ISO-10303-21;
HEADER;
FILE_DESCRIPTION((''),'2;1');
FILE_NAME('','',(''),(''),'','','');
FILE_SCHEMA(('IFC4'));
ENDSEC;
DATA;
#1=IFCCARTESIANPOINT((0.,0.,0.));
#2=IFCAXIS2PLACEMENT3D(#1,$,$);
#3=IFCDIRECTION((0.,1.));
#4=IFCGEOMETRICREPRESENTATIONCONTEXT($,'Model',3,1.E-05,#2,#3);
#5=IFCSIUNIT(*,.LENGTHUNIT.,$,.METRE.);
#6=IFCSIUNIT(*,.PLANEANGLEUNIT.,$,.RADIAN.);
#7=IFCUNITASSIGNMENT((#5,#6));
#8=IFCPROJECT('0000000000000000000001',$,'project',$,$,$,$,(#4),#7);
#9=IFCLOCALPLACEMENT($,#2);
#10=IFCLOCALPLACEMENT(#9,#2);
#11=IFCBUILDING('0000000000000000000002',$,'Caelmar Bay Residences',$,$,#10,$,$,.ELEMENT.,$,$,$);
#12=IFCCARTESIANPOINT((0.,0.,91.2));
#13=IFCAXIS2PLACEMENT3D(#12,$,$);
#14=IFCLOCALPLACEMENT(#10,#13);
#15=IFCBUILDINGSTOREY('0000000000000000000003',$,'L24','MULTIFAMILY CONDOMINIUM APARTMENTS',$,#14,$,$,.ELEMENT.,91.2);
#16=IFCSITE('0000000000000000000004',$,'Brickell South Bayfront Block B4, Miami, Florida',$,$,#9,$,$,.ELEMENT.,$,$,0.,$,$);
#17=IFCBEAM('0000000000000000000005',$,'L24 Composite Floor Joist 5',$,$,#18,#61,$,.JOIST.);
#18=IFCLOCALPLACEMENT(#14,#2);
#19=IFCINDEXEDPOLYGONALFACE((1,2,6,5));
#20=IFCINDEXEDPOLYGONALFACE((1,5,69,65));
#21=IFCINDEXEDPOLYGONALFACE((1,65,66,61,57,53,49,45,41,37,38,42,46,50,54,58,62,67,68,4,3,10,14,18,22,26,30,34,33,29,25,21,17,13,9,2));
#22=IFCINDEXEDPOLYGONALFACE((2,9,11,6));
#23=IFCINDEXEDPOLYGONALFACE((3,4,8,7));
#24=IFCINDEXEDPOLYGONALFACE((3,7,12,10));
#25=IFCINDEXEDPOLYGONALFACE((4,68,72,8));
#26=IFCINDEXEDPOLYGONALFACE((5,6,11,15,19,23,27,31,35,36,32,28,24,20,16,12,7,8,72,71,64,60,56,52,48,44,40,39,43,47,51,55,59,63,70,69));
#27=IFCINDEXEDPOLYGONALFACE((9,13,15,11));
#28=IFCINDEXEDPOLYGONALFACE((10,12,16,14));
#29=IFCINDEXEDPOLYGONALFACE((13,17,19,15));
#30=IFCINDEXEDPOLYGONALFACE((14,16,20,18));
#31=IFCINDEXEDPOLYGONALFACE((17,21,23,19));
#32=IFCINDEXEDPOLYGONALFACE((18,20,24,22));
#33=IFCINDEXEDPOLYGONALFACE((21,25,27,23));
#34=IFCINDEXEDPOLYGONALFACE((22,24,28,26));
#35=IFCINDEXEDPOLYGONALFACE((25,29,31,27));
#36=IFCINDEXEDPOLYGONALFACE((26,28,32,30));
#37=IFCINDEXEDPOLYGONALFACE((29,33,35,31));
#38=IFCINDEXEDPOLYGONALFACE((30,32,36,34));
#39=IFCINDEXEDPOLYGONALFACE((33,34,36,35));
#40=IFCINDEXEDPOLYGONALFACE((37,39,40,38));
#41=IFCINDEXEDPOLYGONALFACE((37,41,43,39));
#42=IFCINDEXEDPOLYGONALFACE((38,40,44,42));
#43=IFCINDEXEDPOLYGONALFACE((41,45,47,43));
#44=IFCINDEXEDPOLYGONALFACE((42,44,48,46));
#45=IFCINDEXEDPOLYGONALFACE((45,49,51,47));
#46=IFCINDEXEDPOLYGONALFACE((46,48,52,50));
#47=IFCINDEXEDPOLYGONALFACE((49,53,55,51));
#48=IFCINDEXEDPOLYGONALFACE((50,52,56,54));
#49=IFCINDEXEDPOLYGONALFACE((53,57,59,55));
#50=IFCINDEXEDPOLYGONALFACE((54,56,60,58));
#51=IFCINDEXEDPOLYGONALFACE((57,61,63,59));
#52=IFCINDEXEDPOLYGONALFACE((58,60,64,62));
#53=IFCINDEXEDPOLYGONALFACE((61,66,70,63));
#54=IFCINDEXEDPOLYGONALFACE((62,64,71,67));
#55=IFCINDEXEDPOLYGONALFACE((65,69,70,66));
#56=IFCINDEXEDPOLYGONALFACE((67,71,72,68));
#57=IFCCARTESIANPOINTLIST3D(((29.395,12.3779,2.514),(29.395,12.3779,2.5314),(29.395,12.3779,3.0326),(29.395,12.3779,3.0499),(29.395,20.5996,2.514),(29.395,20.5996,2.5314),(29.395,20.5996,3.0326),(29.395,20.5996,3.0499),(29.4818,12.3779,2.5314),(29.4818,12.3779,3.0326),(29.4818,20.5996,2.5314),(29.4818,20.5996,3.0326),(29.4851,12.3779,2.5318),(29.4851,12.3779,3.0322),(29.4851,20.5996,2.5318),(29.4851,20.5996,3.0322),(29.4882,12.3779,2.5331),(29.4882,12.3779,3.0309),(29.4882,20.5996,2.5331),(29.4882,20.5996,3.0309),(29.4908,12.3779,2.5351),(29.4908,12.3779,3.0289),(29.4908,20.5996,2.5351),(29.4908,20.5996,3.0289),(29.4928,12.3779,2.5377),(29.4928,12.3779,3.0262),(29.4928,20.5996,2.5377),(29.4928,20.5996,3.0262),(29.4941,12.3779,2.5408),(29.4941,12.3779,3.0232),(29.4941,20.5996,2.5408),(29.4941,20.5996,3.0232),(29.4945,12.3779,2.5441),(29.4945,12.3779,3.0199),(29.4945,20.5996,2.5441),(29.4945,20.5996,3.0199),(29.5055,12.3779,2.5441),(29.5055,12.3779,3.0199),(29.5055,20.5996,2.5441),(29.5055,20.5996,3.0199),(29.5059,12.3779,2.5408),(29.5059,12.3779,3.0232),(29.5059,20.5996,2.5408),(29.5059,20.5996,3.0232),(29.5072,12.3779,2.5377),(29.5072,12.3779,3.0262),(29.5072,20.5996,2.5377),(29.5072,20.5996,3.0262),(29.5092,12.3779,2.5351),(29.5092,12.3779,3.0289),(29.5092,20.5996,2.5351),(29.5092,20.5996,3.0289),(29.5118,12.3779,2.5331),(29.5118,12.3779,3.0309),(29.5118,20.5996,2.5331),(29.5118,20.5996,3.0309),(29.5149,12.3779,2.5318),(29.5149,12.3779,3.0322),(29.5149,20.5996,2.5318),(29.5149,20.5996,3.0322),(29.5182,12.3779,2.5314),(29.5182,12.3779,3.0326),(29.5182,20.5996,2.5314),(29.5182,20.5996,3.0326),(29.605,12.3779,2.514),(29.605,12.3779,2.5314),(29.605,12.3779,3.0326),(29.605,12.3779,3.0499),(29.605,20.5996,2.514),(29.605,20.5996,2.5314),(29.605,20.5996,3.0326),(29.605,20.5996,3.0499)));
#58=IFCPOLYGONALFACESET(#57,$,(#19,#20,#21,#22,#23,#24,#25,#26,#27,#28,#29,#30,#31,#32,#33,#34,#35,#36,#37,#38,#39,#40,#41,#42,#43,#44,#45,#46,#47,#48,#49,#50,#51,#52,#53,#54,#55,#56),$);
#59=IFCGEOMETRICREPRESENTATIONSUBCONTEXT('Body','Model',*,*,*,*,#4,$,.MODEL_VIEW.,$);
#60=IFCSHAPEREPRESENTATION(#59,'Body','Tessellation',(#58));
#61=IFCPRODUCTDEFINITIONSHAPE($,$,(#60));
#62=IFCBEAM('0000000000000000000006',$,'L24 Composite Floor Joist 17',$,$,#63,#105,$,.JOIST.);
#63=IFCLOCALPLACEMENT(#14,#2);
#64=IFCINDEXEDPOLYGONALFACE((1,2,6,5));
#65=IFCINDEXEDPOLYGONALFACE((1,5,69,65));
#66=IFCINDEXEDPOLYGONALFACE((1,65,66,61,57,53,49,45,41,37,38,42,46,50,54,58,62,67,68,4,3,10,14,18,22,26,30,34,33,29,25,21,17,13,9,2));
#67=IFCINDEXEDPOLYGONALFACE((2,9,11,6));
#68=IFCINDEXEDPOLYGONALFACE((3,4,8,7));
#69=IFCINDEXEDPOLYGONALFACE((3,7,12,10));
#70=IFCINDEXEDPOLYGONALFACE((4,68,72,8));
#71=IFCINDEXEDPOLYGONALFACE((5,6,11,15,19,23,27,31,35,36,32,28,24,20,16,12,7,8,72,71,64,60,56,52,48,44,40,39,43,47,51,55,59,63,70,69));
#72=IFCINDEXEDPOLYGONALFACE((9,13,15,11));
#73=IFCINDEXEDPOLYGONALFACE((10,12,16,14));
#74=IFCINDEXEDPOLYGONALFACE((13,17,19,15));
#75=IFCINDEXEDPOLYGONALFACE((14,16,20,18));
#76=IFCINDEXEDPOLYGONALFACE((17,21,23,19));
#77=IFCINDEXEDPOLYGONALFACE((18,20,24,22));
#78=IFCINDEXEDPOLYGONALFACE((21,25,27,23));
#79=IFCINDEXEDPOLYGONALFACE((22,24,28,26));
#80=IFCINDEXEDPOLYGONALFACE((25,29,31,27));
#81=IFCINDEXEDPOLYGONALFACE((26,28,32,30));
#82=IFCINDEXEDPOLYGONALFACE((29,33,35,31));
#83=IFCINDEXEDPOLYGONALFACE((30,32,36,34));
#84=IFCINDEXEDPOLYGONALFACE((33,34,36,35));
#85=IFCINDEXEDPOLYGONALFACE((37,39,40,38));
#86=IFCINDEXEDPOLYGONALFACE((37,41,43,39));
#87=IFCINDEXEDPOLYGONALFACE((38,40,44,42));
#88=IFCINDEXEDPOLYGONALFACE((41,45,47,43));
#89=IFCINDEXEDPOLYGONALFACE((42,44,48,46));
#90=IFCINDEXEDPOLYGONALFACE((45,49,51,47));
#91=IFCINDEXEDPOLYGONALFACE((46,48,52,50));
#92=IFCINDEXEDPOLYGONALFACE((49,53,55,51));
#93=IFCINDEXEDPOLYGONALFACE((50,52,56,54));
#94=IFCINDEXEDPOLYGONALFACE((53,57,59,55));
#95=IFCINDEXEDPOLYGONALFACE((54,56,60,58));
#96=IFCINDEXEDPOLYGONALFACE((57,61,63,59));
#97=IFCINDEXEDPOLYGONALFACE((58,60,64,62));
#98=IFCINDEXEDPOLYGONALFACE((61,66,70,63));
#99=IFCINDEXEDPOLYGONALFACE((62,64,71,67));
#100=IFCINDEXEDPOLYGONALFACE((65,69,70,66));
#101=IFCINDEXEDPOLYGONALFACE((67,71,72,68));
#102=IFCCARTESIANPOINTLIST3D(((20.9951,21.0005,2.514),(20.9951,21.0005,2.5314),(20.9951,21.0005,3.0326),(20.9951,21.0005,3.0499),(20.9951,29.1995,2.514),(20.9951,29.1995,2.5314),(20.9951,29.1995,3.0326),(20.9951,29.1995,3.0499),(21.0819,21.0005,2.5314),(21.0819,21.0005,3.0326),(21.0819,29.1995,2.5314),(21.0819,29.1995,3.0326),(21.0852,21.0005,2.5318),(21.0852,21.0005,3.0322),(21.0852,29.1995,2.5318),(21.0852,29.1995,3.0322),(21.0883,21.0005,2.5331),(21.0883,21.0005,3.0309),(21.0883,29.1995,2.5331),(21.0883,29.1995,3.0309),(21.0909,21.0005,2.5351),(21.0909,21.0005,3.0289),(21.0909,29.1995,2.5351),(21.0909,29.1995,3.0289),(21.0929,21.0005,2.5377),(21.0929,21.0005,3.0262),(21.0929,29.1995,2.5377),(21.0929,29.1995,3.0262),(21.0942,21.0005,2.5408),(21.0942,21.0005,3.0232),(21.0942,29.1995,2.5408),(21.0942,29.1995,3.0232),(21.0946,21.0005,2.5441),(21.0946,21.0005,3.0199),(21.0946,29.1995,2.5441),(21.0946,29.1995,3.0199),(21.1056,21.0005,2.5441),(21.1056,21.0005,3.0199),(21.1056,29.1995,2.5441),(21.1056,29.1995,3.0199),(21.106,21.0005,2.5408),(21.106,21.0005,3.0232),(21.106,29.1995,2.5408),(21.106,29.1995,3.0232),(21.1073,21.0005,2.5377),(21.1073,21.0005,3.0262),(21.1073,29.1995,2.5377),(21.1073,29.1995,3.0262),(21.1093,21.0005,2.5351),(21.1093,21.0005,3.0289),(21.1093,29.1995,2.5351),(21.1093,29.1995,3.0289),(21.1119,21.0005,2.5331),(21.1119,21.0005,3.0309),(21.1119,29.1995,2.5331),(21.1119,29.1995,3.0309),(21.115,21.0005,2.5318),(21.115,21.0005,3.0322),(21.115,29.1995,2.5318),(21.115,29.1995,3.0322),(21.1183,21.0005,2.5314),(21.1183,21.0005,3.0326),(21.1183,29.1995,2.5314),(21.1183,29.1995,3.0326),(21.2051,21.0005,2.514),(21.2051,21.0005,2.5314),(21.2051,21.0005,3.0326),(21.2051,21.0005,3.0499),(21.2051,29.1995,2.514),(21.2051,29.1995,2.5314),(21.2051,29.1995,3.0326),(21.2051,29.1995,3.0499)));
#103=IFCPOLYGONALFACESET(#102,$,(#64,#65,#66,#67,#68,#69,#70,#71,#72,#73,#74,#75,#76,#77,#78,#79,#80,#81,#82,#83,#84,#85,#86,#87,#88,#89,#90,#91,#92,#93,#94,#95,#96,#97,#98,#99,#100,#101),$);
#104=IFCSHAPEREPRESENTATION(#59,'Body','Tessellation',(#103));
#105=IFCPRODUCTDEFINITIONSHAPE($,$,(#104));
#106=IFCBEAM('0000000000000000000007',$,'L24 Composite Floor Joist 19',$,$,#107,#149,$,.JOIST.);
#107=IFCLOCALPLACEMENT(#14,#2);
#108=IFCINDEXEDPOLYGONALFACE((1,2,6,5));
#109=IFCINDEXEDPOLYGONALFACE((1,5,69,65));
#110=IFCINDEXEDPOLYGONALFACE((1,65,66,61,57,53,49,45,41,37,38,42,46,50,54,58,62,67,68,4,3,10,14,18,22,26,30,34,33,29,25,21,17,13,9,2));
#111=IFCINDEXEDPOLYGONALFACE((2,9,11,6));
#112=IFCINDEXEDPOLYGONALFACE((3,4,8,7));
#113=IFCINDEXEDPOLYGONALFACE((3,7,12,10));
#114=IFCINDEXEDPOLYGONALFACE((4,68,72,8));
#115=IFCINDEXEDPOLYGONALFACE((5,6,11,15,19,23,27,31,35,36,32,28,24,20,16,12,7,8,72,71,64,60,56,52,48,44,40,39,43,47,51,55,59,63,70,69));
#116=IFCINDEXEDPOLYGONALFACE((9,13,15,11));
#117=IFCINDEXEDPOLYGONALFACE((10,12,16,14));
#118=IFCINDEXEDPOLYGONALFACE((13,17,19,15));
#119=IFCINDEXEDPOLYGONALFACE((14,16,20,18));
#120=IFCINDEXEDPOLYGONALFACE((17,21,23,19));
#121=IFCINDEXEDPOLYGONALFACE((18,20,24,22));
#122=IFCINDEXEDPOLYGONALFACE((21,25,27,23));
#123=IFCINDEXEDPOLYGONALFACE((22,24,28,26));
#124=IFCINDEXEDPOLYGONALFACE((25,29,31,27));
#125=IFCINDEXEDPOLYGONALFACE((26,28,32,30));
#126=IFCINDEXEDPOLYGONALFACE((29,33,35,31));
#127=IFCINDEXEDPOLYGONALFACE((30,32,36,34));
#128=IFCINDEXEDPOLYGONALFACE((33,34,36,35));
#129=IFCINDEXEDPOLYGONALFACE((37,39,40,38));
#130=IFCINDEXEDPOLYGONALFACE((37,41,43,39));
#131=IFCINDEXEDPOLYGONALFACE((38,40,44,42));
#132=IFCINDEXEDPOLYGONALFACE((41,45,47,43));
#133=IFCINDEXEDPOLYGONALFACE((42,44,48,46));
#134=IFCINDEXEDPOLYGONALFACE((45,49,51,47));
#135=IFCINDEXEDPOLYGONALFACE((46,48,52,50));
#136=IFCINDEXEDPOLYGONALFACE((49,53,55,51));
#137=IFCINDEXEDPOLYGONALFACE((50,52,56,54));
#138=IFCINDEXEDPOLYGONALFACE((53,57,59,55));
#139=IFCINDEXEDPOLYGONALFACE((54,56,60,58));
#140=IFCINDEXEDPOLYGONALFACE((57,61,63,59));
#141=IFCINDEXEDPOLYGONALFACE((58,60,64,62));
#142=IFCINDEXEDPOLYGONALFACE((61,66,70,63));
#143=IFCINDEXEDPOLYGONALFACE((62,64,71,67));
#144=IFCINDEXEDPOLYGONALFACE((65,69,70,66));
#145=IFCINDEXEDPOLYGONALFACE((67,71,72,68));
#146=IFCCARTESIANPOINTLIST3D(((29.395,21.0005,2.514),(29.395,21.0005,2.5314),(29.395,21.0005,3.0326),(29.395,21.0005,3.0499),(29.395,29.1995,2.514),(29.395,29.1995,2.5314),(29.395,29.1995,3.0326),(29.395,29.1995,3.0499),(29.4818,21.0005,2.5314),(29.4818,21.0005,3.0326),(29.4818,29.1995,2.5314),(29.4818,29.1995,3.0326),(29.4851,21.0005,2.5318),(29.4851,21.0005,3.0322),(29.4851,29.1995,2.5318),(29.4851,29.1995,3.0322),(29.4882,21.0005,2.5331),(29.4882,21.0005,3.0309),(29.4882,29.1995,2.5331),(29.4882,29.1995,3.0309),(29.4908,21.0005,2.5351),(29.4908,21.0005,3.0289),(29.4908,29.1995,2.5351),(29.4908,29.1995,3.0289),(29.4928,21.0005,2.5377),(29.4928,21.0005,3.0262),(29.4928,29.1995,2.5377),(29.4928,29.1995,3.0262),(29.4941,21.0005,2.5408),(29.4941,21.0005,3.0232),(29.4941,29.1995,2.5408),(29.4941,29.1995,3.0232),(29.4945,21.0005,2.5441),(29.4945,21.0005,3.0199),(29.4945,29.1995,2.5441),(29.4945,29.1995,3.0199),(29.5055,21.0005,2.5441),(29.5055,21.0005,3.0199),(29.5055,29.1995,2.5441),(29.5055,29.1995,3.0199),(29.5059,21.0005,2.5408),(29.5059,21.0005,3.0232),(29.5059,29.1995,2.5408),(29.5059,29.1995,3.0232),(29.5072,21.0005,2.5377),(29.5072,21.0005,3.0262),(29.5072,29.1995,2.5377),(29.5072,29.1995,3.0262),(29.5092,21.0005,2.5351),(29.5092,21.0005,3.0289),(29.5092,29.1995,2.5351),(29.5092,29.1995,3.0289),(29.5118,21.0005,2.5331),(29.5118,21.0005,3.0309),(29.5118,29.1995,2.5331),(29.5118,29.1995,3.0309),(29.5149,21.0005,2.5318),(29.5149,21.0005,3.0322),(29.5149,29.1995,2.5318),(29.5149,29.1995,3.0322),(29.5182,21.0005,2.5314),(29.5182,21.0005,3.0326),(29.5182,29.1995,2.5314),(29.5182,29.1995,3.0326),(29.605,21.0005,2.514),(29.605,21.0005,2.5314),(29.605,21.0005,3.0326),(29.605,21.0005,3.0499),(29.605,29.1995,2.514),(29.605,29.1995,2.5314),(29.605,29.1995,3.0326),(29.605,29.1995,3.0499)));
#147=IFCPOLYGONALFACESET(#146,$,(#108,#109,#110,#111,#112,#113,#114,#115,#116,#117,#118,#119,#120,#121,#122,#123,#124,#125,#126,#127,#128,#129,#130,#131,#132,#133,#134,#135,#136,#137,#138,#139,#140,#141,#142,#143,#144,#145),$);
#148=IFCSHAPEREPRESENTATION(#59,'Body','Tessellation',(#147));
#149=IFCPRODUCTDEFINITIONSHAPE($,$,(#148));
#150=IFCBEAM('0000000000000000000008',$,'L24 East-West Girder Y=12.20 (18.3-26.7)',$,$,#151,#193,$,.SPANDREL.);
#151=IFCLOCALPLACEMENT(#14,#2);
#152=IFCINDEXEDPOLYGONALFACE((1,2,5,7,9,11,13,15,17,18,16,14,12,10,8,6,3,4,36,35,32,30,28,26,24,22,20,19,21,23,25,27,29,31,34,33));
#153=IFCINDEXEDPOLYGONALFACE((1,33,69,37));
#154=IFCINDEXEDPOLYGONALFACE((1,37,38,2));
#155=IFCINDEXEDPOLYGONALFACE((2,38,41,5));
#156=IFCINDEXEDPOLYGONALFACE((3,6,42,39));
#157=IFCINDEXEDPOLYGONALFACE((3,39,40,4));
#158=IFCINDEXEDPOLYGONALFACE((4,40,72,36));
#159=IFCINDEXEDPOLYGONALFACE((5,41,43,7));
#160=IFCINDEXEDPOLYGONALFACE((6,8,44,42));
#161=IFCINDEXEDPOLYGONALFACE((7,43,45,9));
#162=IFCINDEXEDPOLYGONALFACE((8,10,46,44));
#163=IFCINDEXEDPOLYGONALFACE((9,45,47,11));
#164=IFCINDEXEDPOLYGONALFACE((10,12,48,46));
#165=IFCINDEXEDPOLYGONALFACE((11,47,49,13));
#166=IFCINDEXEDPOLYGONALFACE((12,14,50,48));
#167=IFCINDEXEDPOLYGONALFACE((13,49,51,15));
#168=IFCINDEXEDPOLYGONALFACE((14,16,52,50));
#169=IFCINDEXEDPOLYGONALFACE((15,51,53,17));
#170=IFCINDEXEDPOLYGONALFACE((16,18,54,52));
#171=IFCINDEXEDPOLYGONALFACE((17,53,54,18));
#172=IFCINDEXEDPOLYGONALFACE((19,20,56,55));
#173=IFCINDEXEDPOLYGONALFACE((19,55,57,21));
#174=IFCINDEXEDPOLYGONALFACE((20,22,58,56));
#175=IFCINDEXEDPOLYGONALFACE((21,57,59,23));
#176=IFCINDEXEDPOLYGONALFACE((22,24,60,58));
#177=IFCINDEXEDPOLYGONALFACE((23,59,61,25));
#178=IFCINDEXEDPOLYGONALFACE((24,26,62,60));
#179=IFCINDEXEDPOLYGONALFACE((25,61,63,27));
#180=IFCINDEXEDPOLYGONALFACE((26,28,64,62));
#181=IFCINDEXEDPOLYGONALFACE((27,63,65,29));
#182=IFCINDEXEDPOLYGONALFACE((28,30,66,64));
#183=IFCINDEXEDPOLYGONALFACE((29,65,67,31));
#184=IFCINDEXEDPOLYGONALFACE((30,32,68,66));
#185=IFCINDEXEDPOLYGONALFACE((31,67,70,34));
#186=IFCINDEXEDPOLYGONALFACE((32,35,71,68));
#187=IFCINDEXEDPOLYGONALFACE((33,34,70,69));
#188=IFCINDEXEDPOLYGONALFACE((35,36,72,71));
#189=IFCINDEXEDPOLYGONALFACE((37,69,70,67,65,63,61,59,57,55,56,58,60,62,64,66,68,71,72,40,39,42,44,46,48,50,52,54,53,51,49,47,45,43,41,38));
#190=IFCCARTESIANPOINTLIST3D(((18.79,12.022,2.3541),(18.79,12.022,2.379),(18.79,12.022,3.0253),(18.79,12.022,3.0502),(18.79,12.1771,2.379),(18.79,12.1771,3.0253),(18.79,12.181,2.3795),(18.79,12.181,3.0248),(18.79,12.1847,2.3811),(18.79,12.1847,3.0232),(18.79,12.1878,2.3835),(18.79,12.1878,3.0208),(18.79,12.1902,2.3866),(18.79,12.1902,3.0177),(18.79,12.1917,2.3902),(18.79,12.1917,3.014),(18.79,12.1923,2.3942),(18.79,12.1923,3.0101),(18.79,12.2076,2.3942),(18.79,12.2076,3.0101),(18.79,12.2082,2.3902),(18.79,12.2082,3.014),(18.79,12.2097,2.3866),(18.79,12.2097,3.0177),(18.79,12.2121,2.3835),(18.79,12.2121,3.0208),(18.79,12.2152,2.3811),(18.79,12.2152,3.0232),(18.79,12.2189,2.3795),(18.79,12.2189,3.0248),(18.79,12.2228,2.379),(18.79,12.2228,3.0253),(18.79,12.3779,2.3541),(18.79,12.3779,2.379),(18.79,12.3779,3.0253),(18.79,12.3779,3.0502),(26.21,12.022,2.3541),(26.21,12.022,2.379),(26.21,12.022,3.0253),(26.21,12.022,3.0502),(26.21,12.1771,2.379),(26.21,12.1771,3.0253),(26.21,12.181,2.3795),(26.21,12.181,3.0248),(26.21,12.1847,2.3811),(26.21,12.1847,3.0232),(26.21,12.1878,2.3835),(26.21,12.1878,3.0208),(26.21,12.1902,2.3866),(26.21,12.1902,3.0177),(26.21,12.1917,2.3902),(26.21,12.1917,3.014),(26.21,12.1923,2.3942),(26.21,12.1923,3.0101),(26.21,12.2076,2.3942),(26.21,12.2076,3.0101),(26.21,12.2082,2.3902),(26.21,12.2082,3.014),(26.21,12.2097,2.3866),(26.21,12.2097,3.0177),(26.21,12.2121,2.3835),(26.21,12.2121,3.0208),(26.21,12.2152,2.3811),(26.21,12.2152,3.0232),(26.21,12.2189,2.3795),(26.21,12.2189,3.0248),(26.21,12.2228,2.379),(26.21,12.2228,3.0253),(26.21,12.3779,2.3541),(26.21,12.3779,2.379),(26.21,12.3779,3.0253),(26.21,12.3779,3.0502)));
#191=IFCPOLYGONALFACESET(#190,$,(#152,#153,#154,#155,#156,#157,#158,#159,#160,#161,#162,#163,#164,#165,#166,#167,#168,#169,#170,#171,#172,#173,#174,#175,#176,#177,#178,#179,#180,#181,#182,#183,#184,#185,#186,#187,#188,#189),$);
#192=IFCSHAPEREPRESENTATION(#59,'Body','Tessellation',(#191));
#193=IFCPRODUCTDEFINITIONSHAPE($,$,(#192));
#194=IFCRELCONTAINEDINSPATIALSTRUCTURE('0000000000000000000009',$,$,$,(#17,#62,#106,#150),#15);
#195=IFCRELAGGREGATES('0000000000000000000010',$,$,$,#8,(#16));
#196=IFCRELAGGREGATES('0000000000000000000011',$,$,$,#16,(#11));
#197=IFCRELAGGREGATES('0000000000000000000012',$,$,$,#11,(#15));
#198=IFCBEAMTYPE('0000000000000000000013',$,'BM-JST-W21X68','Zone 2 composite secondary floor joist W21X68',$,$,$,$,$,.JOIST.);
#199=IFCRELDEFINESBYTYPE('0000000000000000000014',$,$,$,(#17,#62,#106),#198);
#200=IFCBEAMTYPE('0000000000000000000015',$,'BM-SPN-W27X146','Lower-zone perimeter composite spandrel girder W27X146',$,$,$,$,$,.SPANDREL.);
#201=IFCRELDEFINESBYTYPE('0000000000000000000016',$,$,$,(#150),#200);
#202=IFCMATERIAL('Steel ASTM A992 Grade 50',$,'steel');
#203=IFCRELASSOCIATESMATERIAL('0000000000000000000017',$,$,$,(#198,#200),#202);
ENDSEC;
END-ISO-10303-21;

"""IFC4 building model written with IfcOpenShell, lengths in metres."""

from ifc_helpers import new_model, si_unit, direction, frame, origin, origin_2d, place, context, subcontext, project, spatial, i_section, extrude, material, material_profile, profile_set, type_object, element, save


model = new_model("IFC4")

# Units and contexts
model_context = context("Model", 3, precision=1e-05, world=origin(), true_north=direction((0.0, 1.0)))
body_context = subcontext(model_context, "Body", "Model", "MODEL_VIEW")
ifc_project = project(units=[si_unit("LENGTHUNIT", "METRE"), si_unit("PLANEANGLEUNIT", "RADIAN")], contexts=[model_context])

# Site, building, storey
site_placement = place(None, origin())
site = spatial("IfcSite", under=ifc_project, at=site_placement, Name="Brickell South Bayfront Block B4, Miami, Florida", CompositionType="ELEMENT", RefElevation=0.0)
building_placement = place(site_placement, origin())
building = spatial("IfcBuilding", under=site, at=building_placement, Name="Caelmar Bay Residences", CompositionType="ELEMENT")
storey_placement = place(building_placement, frame((0.0, 0.0, 91.2)))
storey = spatial("IfcBuildingStorey", under=building, at=storey_placement, Name="L24", Description="MULTIFAMILY CONDOMINIUM APARTMENTS", CompositionType="ELEMENT", Elevation=91.2)

# Beams
ifc_material_1 = material(Name="Steel ASTM A992 Grade 50", Category="steel")
ifc_material_profile_1 = material_profile(ifc_material_1, i_section(OverallWidth=0.21, OverallDepth=0.5359, WebThickness=0.011, FlangeThickness=0.0173, FilletRadius=0.0127, at=origin_2d()), Name="W21X68")
ifc_profile_set_1 = profile_set([ifc_material_profile_1], Name="Steel ASTM A992 Grade 50")
beam_type_1 = type_object("IfcBeamType", Name="BM-JST-W21X68", Description="Zone 2 composite secondary floor joist W21X68", PredefinedType="JOIST", material=ifc_profile_set_1)
for number, where, z_axis, x_axis, name in (
    (1, (29.5, 12.3779, 2.782), (0.0, 1.0, 0.0), (-1.0, 0.0, 0.0), "L24 Composite Floor Joist 5"),
):
    element("IfcBeam", number, at=place(storey_placement, frame(where, z_axis=z_axis, x_axis=x_axis)), inside=storey, type_object=beam_type_1, Name=name, PredefinedType="JOIST", context=body_context, shape_type="SweptSolid", body=[
        extrude(i_section(OverallWidth=0.21, OverallDepth=0.5359, WebThickness=0.011, FlangeThickness=0.0173, FilletRadius=0.0127, at=origin_2d()), origin(), (0.0, 0.0, 1.0), 8.2217),
    ])
for number, where, z_axis, x_axis, name in (
    (2, (21.1001, 21.0005, 2.782), (0.0, 1.0, 0.0), (-1.0, 0.0, 0.0), "L24 Composite Floor Joist 17"),
    (3, (29.5, 21.0005, 2.782), (0.0, 1.0, 0.0), (-1.0, 0.0, 0.0), "L24 Composite Floor Joist 19"),
):
    element("IfcBeam", number, at=place(storey_placement, frame(where, z_axis=z_axis, x_axis=x_axis)), inside=storey, type_object=beam_type_1, Name=name, PredefinedType="JOIST", context=body_context, shape_type="SweptSolid", body=[
        extrude(i_section(OverallWidth=0.21, OverallDepth=0.5359, WebThickness=0.011, FlangeThickness=0.0173, FilletRadius=0.0127, at=origin_2d()), origin(), (0.0, 0.0, 1.0), 8.199),
    ])
ifc_material_profile_2 = material_profile(ifc_material_1, i_section(OverallWidth=0.356, OverallDepth=0.696, WebThickness=0.0154, FlangeThickness=0.0249, FilletRadius=0.0151, at=origin_2d()), Name="W27X146")
ifc_profile_set_2 = profile_set([ifc_material_profile_2], Name="Steel ASTM A992 Grade 50")
beam_type_2 = type_object("IfcBeamType", Name="BM-SPN-W27X146", Description="Lower-zone perimeter composite spandrel girder W27X146", PredefinedType="SPANDREL", material=ifc_profile_set_2)
beam_1_placement = place(storey_placement, frame((18.79, 12.2, 2.7021), z_axis=(1.0, 0.0, 0.0), x_axis=(0.0, 1.0, 0.0)))
element("IfcBeam", 4, at=beam_1_placement, inside=storey, type_object=beam_type_2, Name="L24 East-West Girder Y=12.20 (18.3-26.7)", PredefinedType="SPANDREL", context=body_context, shape_type="SweptSolid", body=[
    extrude(i_section(OverallWidth=0.356, OverallDepth=0.696, WebThickness=0.0154, FlangeThickness=0.0249, FilletRadius=0.0151, at=origin_2d()), origin(), (0.0, 0.0, 1.0), 7.4199),
])

save(model, "model.ifc")
